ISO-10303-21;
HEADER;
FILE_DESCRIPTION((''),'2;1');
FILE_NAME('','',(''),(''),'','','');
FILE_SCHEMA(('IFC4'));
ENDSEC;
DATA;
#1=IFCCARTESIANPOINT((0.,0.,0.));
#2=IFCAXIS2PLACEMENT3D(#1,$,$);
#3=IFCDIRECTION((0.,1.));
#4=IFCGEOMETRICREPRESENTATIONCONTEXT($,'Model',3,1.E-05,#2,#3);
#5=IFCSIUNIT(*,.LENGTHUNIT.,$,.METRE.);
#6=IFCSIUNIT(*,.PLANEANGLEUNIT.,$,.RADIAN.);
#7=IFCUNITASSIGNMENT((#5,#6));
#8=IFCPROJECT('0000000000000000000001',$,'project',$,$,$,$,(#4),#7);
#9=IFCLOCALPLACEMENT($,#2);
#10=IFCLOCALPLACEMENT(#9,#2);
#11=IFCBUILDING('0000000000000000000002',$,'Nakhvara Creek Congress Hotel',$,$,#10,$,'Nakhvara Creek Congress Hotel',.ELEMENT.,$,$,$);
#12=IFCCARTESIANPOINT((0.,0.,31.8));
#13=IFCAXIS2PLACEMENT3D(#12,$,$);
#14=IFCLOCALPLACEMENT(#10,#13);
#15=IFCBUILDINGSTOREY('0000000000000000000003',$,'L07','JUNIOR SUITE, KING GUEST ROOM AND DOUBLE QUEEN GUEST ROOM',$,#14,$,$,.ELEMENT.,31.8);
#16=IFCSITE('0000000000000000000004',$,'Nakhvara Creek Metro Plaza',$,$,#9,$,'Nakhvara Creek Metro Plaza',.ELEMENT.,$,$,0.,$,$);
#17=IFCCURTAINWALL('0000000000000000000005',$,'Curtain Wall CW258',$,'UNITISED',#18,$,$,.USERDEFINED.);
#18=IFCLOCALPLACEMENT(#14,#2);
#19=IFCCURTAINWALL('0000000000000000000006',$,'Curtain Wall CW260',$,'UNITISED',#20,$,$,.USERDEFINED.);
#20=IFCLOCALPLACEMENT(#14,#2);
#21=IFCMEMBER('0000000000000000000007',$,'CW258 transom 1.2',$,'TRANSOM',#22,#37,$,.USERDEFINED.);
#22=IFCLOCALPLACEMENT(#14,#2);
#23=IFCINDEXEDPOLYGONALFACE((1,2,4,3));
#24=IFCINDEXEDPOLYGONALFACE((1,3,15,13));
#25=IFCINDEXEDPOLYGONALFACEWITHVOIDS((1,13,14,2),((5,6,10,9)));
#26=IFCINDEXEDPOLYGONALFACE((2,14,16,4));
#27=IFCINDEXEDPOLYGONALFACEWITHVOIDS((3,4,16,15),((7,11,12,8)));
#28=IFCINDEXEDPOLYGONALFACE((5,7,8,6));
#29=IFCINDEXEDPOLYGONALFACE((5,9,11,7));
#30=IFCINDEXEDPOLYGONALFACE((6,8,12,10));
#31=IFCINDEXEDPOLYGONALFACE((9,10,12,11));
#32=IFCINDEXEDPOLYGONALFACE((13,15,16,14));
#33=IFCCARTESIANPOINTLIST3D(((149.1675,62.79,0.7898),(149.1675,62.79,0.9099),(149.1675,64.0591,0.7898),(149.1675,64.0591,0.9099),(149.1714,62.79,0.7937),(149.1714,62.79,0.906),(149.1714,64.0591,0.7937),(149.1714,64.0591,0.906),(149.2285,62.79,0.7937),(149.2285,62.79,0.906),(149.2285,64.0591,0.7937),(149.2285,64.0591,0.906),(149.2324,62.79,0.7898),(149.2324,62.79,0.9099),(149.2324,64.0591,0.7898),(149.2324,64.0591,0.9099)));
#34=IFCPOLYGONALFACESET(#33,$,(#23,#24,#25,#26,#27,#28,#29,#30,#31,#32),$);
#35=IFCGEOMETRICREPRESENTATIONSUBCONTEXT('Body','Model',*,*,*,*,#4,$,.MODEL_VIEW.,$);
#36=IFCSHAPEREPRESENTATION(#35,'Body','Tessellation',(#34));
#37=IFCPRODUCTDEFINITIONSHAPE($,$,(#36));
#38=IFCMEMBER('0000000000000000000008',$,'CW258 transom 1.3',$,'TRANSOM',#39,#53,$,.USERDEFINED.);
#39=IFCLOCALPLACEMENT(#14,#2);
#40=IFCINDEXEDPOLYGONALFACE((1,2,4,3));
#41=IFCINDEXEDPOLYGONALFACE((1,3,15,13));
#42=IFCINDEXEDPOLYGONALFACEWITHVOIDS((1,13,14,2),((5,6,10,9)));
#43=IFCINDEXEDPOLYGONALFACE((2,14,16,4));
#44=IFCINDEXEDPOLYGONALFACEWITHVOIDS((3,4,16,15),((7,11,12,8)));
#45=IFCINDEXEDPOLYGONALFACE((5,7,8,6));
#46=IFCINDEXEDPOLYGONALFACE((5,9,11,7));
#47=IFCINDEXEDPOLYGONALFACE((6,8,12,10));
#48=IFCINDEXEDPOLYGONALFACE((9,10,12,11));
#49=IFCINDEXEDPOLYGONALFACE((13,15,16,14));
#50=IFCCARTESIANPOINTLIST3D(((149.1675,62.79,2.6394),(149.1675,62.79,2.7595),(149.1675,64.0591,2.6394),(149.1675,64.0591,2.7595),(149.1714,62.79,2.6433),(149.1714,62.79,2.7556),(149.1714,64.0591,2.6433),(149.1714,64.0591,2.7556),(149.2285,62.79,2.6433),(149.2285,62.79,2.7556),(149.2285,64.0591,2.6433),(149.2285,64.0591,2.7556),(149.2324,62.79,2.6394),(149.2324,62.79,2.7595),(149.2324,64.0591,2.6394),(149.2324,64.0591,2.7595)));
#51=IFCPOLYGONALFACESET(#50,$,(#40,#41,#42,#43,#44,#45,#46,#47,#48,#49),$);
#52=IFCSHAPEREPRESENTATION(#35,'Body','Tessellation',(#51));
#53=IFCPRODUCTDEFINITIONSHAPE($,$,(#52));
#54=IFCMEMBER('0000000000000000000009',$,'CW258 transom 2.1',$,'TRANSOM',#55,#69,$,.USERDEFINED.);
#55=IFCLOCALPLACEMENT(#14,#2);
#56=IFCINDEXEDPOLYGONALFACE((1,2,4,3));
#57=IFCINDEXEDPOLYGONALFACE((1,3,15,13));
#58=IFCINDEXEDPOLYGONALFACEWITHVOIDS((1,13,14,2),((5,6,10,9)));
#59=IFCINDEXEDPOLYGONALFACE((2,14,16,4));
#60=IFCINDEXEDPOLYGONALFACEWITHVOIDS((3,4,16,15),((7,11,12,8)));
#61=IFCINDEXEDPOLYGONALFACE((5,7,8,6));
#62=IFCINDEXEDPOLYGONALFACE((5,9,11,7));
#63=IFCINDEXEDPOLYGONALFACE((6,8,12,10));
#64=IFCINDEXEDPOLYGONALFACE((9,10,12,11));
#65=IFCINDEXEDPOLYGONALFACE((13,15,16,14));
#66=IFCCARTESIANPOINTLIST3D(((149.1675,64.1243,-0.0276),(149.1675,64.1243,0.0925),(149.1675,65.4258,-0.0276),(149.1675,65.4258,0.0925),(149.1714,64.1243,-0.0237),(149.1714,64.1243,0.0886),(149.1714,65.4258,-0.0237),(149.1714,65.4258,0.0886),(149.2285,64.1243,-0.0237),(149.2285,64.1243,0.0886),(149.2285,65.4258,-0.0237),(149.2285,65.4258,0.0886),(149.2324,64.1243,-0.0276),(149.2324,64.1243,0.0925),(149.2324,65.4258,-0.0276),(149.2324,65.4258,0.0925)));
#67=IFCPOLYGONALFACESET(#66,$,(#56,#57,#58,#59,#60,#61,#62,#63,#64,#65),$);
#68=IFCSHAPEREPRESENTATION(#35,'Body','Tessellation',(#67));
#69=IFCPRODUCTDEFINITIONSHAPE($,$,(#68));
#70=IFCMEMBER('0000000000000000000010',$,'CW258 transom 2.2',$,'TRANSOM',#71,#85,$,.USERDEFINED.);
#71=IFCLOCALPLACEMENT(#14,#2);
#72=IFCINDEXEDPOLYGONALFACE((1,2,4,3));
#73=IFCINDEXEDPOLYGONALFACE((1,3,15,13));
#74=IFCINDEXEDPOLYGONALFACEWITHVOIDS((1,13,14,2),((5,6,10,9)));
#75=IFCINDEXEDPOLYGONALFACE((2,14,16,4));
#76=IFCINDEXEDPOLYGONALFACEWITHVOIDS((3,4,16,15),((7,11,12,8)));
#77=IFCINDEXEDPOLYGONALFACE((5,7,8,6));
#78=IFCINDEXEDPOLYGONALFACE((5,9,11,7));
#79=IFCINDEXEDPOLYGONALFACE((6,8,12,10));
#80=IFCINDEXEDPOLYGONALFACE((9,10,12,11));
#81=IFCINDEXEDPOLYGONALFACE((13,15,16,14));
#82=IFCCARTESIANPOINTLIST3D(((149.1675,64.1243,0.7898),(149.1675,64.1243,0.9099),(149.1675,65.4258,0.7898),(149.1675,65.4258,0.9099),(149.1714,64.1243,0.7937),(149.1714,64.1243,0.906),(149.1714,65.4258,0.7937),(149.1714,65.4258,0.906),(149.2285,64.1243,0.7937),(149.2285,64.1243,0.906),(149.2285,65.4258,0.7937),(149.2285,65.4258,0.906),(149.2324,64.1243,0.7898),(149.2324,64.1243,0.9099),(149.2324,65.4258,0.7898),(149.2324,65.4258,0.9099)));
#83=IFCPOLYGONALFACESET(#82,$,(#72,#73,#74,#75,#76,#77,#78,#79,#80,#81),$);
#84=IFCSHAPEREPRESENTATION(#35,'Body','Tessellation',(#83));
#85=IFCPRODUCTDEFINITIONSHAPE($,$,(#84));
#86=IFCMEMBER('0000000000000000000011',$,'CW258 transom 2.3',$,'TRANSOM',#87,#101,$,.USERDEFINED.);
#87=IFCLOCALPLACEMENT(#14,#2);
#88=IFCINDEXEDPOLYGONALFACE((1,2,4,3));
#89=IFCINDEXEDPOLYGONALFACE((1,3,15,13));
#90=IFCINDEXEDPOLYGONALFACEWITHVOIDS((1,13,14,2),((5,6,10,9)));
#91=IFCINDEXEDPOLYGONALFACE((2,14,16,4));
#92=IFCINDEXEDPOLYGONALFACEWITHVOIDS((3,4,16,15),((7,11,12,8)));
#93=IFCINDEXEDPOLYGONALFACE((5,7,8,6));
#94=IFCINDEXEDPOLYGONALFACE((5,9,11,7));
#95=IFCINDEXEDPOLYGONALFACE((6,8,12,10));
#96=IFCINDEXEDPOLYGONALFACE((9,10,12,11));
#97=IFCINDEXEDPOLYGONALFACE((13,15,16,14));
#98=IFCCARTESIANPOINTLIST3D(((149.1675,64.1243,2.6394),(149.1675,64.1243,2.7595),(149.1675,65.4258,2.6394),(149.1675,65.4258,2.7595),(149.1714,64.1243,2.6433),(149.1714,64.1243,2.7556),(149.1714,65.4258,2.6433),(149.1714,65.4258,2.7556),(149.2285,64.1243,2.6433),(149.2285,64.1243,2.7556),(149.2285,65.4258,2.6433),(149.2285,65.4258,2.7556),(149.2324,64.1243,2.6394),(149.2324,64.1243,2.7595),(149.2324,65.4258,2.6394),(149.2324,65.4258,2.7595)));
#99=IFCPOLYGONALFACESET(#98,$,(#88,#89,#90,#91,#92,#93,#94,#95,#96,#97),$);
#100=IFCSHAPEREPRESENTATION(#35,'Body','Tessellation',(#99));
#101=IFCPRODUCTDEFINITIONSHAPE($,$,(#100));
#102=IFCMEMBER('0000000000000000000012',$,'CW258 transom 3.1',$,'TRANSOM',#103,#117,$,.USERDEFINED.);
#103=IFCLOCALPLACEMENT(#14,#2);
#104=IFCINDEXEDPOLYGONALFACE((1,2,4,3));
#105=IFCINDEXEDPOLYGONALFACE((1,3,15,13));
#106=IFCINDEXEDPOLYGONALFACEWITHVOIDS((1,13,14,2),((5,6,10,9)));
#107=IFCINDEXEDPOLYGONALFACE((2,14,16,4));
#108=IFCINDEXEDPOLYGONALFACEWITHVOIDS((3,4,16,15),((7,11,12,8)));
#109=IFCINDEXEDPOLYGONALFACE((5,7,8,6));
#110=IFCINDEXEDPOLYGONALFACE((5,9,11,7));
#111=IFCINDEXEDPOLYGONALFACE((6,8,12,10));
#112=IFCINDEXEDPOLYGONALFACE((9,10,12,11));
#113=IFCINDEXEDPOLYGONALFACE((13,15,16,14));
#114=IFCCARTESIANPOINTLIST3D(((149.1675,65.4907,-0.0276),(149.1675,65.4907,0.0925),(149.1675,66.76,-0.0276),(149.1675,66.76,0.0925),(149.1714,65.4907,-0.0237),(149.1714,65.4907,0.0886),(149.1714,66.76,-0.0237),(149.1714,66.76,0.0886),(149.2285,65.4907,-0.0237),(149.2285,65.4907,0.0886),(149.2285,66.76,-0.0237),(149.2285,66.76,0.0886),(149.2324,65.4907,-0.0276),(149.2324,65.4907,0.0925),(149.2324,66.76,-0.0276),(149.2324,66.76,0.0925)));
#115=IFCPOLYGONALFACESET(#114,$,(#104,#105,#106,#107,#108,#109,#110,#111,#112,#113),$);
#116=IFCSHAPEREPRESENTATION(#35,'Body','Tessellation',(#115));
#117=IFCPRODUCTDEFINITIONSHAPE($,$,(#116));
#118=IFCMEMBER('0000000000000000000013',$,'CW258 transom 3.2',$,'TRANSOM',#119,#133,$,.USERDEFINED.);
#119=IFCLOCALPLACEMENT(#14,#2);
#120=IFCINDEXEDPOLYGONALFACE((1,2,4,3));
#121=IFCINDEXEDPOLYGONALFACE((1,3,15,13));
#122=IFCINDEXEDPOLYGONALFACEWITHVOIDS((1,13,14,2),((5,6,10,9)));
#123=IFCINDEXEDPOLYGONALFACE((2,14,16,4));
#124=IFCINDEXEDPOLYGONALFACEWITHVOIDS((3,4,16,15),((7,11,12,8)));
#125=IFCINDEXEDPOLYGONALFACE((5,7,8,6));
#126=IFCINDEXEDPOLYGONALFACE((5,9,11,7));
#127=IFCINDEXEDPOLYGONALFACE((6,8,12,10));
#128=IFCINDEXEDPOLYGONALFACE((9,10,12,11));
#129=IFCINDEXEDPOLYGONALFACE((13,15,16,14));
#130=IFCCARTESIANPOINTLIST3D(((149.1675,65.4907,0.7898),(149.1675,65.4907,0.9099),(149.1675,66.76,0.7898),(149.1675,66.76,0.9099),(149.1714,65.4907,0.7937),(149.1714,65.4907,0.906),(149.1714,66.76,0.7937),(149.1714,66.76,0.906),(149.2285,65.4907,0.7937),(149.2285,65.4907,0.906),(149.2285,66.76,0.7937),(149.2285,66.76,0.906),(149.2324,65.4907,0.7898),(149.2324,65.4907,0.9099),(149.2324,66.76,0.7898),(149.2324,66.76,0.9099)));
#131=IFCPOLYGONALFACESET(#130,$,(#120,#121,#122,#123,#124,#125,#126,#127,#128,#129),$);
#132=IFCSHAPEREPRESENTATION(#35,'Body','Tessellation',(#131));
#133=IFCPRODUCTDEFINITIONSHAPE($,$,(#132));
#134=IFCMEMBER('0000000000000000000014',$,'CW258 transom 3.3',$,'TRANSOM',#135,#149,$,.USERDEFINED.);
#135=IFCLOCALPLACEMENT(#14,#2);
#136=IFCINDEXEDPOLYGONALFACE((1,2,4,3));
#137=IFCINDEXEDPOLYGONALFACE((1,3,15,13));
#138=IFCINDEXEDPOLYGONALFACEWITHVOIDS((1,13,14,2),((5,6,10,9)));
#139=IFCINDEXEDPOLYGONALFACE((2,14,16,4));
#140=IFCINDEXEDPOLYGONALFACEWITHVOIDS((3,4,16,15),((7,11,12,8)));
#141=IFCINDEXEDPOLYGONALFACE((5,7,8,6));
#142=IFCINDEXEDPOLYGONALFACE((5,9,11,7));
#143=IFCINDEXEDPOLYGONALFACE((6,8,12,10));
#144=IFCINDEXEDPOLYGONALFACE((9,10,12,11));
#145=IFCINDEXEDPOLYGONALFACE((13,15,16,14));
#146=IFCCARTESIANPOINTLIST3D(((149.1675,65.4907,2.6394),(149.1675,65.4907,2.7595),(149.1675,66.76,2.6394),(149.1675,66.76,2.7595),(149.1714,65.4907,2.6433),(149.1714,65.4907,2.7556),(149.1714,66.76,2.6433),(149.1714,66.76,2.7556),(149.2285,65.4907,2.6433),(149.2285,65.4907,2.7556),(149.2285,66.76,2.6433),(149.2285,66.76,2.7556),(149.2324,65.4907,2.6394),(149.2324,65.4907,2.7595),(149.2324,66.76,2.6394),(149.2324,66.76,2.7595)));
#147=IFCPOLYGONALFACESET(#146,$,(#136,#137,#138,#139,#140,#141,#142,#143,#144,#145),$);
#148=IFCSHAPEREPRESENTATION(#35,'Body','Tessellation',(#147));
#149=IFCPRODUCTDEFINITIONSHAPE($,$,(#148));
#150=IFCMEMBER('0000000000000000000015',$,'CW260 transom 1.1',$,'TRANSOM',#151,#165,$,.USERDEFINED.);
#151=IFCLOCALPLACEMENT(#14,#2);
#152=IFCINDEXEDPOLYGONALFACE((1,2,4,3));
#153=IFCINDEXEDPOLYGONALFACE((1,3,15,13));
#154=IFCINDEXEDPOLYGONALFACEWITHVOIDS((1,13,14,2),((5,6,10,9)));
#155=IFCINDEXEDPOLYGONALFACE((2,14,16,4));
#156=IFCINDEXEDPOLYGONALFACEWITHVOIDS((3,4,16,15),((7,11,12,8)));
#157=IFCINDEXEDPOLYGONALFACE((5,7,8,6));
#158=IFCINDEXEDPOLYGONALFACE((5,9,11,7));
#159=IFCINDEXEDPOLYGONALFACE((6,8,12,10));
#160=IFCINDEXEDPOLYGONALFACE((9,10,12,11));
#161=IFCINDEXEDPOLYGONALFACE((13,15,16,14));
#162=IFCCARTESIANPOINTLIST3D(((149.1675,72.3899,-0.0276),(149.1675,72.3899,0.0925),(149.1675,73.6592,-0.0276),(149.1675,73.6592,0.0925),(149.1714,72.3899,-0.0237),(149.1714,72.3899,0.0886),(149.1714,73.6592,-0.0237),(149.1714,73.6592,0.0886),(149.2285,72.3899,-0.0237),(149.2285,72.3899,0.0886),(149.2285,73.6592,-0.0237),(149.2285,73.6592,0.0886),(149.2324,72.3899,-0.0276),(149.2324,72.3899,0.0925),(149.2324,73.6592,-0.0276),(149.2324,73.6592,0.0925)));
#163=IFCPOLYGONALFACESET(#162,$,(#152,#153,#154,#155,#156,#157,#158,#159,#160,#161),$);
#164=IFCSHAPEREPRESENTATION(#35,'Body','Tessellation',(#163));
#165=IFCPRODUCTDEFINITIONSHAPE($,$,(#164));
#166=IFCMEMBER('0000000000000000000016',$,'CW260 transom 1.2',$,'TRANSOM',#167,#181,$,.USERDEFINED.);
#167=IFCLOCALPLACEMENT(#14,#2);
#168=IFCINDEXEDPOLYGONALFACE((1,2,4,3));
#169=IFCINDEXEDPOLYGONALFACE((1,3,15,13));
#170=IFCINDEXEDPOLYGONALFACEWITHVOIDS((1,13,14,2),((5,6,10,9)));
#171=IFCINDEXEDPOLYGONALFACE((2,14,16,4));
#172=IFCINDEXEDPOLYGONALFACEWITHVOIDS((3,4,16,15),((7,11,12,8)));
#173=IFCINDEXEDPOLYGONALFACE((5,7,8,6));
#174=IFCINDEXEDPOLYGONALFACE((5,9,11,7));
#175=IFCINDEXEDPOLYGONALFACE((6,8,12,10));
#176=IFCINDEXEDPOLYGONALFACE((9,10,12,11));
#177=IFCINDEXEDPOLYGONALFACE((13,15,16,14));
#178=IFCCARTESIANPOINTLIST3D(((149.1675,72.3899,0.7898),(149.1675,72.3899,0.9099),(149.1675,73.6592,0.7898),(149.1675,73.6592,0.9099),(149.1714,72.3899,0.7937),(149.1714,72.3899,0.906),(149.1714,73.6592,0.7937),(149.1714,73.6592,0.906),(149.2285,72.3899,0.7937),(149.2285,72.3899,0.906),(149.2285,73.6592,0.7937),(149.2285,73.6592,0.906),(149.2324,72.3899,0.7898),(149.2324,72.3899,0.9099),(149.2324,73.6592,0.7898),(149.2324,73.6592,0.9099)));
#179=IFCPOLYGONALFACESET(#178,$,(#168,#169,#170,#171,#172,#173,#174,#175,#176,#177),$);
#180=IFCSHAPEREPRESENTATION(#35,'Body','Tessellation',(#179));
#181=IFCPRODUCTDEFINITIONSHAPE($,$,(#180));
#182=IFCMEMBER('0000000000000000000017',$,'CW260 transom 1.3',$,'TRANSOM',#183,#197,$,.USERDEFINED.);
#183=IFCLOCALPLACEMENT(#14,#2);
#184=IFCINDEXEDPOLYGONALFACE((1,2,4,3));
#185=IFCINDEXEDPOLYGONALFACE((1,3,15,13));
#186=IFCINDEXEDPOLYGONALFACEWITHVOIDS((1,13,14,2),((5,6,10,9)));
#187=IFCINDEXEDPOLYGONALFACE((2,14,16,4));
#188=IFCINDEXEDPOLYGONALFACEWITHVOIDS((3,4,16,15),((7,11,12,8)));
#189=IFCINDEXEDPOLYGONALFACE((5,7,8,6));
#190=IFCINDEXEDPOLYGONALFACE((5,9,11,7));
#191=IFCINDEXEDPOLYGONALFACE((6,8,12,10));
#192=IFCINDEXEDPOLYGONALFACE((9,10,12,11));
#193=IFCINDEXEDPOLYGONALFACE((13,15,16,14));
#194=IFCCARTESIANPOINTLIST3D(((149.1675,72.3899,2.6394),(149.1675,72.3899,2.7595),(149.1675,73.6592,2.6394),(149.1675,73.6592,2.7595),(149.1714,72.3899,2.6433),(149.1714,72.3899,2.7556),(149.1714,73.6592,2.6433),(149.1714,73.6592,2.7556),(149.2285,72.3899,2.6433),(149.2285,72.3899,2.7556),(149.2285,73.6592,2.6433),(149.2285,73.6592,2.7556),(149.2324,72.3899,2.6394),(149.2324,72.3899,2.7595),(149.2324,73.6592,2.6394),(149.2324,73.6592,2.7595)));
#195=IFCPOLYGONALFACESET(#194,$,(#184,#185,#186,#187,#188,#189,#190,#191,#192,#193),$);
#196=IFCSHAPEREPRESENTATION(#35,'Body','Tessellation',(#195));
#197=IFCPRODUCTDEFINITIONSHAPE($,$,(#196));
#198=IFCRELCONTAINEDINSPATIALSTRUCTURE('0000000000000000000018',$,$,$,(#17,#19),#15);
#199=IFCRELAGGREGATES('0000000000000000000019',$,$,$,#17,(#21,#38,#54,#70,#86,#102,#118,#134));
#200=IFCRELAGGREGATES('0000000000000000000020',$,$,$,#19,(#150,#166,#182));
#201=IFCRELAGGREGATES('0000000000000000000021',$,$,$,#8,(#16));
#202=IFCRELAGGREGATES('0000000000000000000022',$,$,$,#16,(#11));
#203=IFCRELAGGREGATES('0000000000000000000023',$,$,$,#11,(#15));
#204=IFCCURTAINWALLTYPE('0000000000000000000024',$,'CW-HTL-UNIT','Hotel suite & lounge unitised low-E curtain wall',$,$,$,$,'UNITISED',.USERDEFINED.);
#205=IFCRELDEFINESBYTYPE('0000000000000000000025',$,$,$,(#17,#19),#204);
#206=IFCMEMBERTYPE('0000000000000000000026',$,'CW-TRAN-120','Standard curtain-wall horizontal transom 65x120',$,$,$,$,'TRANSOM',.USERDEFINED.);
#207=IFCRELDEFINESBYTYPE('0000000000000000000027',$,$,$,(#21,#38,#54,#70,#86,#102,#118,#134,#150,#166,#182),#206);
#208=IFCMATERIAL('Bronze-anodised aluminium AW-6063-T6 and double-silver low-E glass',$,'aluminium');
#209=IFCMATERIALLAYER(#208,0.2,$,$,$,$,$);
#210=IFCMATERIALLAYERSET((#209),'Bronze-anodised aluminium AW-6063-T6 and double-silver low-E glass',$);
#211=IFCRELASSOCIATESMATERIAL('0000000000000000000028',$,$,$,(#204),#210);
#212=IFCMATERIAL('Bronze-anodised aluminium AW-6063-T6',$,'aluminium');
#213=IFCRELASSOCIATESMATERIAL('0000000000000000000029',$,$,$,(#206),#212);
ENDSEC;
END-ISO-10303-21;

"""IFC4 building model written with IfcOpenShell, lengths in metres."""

from ifc_helpers import new_model, si_unit, direction, frame, origin, origin_2d, place, context, subcontext, project, spatial, hollow_rectangle, extrude, material, layer, layer_set, material_profile, profile_set, type_object, element, aggregate, save


model = new_model("IFC4")

# Units and contexts
model_context = context("Model", 3, precision=1e-05, world=origin(), true_north=direction((0.0, 1.0)))
body_context = subcontext(model_context, "Body", "Model", "MODEL_VIEW")
ifc_project = project(units=[si_unit("LENGTHUNIT", "METRE"), si_unit("PLANEANGLEUNIT", "RADIAN")], contexts=[model_context])

# Site, building, storey
site_placement = place(None, origin())
site = spatial("IfcSite", under=ifc_project, at=site_placement, Name="Nakhvara Creek Metro Plaza", LongName="Nakhvara Creek Metro Plaza", CompositionType="ELEMENT", RefElevation=0.0)
building_placement = place(site_placement, origin())
building = spatial("IfcBuilding", under=site, at=building_placement, Name="Nakhvara Creek Congress Hotel", LongName="Nakhvara Creek Congress Hotel", CompositionType="ELEMENT")
storey_placement = place(building_placement, frame((0.0, 0.0, 31.8)))
storey = spatial("IfcBuildingStorey", under=building, at=storey_placement, Name="L07", Description="JUNIOR SUITE, KING GUEST ROOM AND DOUBLE QUEEN GUEST ROOM", CompositionType="ELEMENT", Elevation=31.8)

# Shared definitions
ifc_material_1 = material(Name="Bronze-anodised aluminium AW-6063-T6 and double-silver low-E glass", Category="aluminium")
ifc_layer = layer(ifc_material_1, 0.2)
ifc_layer_set = layer_set([ifc_layer], Name="Bronze-anodised aluminium AW-6063-T6 and double-silver low-E glass")
curtain_wall_type = type_object("IfcCurtainWallType", Name="CW-HTL-UNIT", Description="Hotel suite & lounge unitised low-E curtain wall", ElementType="UNITISED", PredefinedType="USERDEFINED", material=ifc_layer_set)
ifc_material_2 = material(Name="Bronze-anodised aluminium AW-6063-T6", Category="aluminium")

# Curtain walls
curtain_wall_1_placement = place(storey_placement, origin())
curtain_wall_1 = element("IfcCurtainWall", 1, at=curtain_wall_1_placement, inside=storey, type_object=curtain_wall_type, Name="Curtain Wall CW258", ObjectType="UNITISED", PredefinedType="USERDEFINED")
curtain_wall_2_placement = place(storey_placement, origin())
curtain_wall_2 = element("IfcCurtainWall", 2, at=curtain_wall_2_placement, inside=storey, type_object=curtain_wall_type, Name="Curtain Wall CW260", ObjectType="UNITISED", PredefinedType="USERDEFINED")

# Members
ifc_material_profile_1 = material_profile(ifc_material_2, hollow_rectangle(XDim=0.0649, YDim=0.1201, WallThickness=0.0039, at=origin_2d()), Name="ALU-TRAN 65x120x4", Category="LoadBearing")
ifc_profile_set_1 = profile_set([ifc_material_profile_1], Name="Bronze-anodised aluminium AW-6063-T6")
member_type_1 = type_object("IfcMemberType", Name="CW-TRAN-120", Description="Standard curtain-wall horizontal transom 65x120", ElementType="TRANSOM", PredefinedType="USERDEFINED", material=ifc_profile_set_1)
member_1_placement = place(storey_placement, frame((149.2, 62.79, 0.8499), z_axis=(0.0, 1.0, 0.0), x_axis=(-1.0, 0.0, 0.0)))
member_1 = element("IfcMember", 3, at=member_1_placement, type_object=member_type_1, Name="CW258 transom 1.2", ObjectType="TRANSOM", PredefinedType="USERDEFINED", context=body_context, shape_type="SweptSolid", body=[
    extrude(hollow_rectangle(XDim=0.0649, YDim=0.1201, WallThickness=0.0039, at=origin_2d()), origin(), (0.0, 0.0, 1.0), 1.269),
])
member_2_placement = place(storey_placement, frame((149.2, 62.79, 2.6995), z_axis=(0.0, 1.0, 0.0), x_axis=(-1.0, 0.0, 0.0)))
member_2 = element("IfcMember", 4, at=member_2_placement, type_object=member_type_1, Name="CW258 transom 1.3", ObjectType="TRANSOM", PredefinedType="USERDEFINED", context=body_context, shape_type="SweptSolid", body=[
    extrude(hollow_rectangle(XDim=0.0649, YDim=0.1201, WallThickness=0.0039, at=origin_2d()), origin(), (0.0, 0.0, 1.0), 1.269),
])
member_3_placement = place(storey_placement, frame((149.2, 64.1243, 0.0325), z_axis=(0.0, 1.0, 0.0), x_axis=(-1.0, 0.0, 0.0)))
member_3 = element("IfcMember", 5, at=member_3_placement, type_object=member_type_1, Name="CW258 transom 2.1", ObjectType="TRANSOM", PredefinedType="USERDEFINED", context=body_context, shape_type="SweptSolid", body=[
    extrude(hollow_rectangle(XDim=0.0649, YDim=0.1201, WallThickness=0.0039, at=origin_2d()), origin(), (0.0, 0.0, 1.0), 1.3015),
])
member_4_placement = place(storey_placement, frame((149.2, 64.1243, 0.8499), z_axis=(0.0, 1.0, 0.0), x_axis=(-1.0, 0.0, 0.0)))
member_4 = element("IfcMember", 6, at=member_4_placement, type_object=member_type_1, Name="CW258 transom 2.2", ObjectType="TRANSOM", PredefinedType="USERDEFINED", context=body_context, shape_type="SweptSolid", body=[
    extrude(hollow_rectangle(XDim=0.0649, YDim=0.1201, WallThickness=0.0039, at=origin_2d()), origin(), (0.0, 0.0, 1.0), 1.3015),
])
member_5_placement = place(storey_placement, frame((149.2, 64.1243, 2.6995), z_axis=(0.0, 1.0, 0.0), x_axis=(-1.0, 0.0, 0.0)))
member_5 = element("IfcMember", 7, at=member_5_placement, type_object=member_type_1, Name="CW258 transom 2.3", ObjectType="TRANSOM", PredefinedType="USERDEFINED", context=body_context, shape_type="SweptSolid", body=[
    extrude(hollow_rectangle(XDim=0.0649, YDim=0.1201, WallThickness=0.0039, at=origin_2d()), origin(), (0.0, 0.0, 1.0), 1.3015),
])
member_6_placement = place(storey_placement, frame((149.2, 65.4907, 0.0325), z_axis=(0.0, 1.0, 0.0), x_axis=(-1.0, 0.0, 0.0)))
member_6 = element("IfcMember", 8, at=member_6_placement, type_object=member_type_1, Name="CW258 transom 3.1", ObjectType="TRANSOM", PredefinedType="USERDEFINED", context=body_context, shape_type="SweptSolid", body=[
    extrude(hollow_rectangle(XDim=0.0649, YDim=0.1201, WallThickness=0.0039, at=origin_2d()), origin(), (0.0, 0.0, 1.0), 1.2693),
])
member_7_placement = place(storey_placement, frame((149.2, 65.4907, 0.8499), z_axis=(0.0, 1.0, 0.0), x_axis=(-1.0, 0.0, 0.0)))
member_7 = element("IfcMember", 9, at=member_7_placement, type_object=member_type_1, Name="CW258 transom 3.2", ObjectType="TRANSOM", PredefinedType="USERDEFINED", context=body_context, shape_type="SweptSolid", body=[
    extrude(hollow_rectangle(XDim=0.0649, YDim=0.1201, WallThickness=0.0039, at=origin_2d()), origin(), (0.0, 0.0, 1.0), 1.2693),
])
member_8_placement = place(storey_placement, frame((149.2, 65.4907, 2.6995), z_axis=(0.0, 1.0, 0.0), x_axis=(-1.0, 0.0, 0.0)))
member_8 = element("IfcMember", 10, at=member_8_placement, type_object=member_type_1, Name="CW258 transom 3.3", ObjectType="TRANSOM", PredefinedType="USERDEFINED", context=body_context, shape_type="SweptSolid", body=[
    extrude(hollow_rectangle(XDim=0.0649, YDim=0.1201, WallThickness=0.0039, at=origin_2d()), origin(), (0.0, 0.0, 1.0), 1.2693),
])
member_9_placement = place(storey_placement, frame((149.2, 72.3899, 0.0325), z_axis=(0.0, 1.0, 0.0), x_axis=(-1.0, 0.0, 0.0)))
member_9 = element("IfcMember", 11, at=member_9_placement, type_object=member_type_1, Name="CW260 transom 1.1", ObjectType="TRANSOM", PredefinedType="USERDEFINED", context=body_context, shape_type="SweptSolid", body=[
    extrude(hollow_rectangle(XDim=0.0649, YDim=0.1201, WallThickness=0.0039, at=origin_2d()), origin(), (0.0, 0.0, 1.0), 1.2693),
])
member_10_placement = place(storey_placement, frame((149.2, 72.3899, 0.8499), z_axis=(0.0, 1.0, 0.0), x_axis=(-1.0, 0.0, 0.0)))
member_10 = element("IfcMember", 12, at=member_10_placement, type_object=member_type_1, Name="CW260 transom 1.2", ObjectType="TRANSOM", PredefinedType="USERDEFINED", context=body_context, shape_type="SweptSolid", body=[
    extrude(hollow_rectangle(XDim=0.0649, YDim=0.1201, WallThickness=0.0039, at=origin_2d()), origin(), (0.0, 0.0, 1.0), 1.2693),
])
member_11_placement = place(storey_placement, frame((149.2, 72.3899, 2.6995), z_axis=(0.0, 1.0, 0.0), x_axis=(-1.0, 0.0, 0.0)))
member_11 = element("IfcMember", 13, at=member_11_placement, type_object=member_type_1, Name="CW260 transom 1.3", ObjectType="TRANSOM", PredefinedType="USERDEFINED", context=body_context, shape_type="SweptSolid", body=[
    extrude(hollow_rectangle(XDim=0.0649, YDim=0.1201, WallThickness=0.0039, at=origin_2d()), origin(), (0.0, 0.0, 1.0), 1.2693),
])

aggregate(curtain_wall_1, [member_1, member_2, member_3, member_4, member_5, member_6, member_7, member_8])
aggregate(curtain_wall_2, [member_9, member_10, member_11])

save(model, "model.ifc")
